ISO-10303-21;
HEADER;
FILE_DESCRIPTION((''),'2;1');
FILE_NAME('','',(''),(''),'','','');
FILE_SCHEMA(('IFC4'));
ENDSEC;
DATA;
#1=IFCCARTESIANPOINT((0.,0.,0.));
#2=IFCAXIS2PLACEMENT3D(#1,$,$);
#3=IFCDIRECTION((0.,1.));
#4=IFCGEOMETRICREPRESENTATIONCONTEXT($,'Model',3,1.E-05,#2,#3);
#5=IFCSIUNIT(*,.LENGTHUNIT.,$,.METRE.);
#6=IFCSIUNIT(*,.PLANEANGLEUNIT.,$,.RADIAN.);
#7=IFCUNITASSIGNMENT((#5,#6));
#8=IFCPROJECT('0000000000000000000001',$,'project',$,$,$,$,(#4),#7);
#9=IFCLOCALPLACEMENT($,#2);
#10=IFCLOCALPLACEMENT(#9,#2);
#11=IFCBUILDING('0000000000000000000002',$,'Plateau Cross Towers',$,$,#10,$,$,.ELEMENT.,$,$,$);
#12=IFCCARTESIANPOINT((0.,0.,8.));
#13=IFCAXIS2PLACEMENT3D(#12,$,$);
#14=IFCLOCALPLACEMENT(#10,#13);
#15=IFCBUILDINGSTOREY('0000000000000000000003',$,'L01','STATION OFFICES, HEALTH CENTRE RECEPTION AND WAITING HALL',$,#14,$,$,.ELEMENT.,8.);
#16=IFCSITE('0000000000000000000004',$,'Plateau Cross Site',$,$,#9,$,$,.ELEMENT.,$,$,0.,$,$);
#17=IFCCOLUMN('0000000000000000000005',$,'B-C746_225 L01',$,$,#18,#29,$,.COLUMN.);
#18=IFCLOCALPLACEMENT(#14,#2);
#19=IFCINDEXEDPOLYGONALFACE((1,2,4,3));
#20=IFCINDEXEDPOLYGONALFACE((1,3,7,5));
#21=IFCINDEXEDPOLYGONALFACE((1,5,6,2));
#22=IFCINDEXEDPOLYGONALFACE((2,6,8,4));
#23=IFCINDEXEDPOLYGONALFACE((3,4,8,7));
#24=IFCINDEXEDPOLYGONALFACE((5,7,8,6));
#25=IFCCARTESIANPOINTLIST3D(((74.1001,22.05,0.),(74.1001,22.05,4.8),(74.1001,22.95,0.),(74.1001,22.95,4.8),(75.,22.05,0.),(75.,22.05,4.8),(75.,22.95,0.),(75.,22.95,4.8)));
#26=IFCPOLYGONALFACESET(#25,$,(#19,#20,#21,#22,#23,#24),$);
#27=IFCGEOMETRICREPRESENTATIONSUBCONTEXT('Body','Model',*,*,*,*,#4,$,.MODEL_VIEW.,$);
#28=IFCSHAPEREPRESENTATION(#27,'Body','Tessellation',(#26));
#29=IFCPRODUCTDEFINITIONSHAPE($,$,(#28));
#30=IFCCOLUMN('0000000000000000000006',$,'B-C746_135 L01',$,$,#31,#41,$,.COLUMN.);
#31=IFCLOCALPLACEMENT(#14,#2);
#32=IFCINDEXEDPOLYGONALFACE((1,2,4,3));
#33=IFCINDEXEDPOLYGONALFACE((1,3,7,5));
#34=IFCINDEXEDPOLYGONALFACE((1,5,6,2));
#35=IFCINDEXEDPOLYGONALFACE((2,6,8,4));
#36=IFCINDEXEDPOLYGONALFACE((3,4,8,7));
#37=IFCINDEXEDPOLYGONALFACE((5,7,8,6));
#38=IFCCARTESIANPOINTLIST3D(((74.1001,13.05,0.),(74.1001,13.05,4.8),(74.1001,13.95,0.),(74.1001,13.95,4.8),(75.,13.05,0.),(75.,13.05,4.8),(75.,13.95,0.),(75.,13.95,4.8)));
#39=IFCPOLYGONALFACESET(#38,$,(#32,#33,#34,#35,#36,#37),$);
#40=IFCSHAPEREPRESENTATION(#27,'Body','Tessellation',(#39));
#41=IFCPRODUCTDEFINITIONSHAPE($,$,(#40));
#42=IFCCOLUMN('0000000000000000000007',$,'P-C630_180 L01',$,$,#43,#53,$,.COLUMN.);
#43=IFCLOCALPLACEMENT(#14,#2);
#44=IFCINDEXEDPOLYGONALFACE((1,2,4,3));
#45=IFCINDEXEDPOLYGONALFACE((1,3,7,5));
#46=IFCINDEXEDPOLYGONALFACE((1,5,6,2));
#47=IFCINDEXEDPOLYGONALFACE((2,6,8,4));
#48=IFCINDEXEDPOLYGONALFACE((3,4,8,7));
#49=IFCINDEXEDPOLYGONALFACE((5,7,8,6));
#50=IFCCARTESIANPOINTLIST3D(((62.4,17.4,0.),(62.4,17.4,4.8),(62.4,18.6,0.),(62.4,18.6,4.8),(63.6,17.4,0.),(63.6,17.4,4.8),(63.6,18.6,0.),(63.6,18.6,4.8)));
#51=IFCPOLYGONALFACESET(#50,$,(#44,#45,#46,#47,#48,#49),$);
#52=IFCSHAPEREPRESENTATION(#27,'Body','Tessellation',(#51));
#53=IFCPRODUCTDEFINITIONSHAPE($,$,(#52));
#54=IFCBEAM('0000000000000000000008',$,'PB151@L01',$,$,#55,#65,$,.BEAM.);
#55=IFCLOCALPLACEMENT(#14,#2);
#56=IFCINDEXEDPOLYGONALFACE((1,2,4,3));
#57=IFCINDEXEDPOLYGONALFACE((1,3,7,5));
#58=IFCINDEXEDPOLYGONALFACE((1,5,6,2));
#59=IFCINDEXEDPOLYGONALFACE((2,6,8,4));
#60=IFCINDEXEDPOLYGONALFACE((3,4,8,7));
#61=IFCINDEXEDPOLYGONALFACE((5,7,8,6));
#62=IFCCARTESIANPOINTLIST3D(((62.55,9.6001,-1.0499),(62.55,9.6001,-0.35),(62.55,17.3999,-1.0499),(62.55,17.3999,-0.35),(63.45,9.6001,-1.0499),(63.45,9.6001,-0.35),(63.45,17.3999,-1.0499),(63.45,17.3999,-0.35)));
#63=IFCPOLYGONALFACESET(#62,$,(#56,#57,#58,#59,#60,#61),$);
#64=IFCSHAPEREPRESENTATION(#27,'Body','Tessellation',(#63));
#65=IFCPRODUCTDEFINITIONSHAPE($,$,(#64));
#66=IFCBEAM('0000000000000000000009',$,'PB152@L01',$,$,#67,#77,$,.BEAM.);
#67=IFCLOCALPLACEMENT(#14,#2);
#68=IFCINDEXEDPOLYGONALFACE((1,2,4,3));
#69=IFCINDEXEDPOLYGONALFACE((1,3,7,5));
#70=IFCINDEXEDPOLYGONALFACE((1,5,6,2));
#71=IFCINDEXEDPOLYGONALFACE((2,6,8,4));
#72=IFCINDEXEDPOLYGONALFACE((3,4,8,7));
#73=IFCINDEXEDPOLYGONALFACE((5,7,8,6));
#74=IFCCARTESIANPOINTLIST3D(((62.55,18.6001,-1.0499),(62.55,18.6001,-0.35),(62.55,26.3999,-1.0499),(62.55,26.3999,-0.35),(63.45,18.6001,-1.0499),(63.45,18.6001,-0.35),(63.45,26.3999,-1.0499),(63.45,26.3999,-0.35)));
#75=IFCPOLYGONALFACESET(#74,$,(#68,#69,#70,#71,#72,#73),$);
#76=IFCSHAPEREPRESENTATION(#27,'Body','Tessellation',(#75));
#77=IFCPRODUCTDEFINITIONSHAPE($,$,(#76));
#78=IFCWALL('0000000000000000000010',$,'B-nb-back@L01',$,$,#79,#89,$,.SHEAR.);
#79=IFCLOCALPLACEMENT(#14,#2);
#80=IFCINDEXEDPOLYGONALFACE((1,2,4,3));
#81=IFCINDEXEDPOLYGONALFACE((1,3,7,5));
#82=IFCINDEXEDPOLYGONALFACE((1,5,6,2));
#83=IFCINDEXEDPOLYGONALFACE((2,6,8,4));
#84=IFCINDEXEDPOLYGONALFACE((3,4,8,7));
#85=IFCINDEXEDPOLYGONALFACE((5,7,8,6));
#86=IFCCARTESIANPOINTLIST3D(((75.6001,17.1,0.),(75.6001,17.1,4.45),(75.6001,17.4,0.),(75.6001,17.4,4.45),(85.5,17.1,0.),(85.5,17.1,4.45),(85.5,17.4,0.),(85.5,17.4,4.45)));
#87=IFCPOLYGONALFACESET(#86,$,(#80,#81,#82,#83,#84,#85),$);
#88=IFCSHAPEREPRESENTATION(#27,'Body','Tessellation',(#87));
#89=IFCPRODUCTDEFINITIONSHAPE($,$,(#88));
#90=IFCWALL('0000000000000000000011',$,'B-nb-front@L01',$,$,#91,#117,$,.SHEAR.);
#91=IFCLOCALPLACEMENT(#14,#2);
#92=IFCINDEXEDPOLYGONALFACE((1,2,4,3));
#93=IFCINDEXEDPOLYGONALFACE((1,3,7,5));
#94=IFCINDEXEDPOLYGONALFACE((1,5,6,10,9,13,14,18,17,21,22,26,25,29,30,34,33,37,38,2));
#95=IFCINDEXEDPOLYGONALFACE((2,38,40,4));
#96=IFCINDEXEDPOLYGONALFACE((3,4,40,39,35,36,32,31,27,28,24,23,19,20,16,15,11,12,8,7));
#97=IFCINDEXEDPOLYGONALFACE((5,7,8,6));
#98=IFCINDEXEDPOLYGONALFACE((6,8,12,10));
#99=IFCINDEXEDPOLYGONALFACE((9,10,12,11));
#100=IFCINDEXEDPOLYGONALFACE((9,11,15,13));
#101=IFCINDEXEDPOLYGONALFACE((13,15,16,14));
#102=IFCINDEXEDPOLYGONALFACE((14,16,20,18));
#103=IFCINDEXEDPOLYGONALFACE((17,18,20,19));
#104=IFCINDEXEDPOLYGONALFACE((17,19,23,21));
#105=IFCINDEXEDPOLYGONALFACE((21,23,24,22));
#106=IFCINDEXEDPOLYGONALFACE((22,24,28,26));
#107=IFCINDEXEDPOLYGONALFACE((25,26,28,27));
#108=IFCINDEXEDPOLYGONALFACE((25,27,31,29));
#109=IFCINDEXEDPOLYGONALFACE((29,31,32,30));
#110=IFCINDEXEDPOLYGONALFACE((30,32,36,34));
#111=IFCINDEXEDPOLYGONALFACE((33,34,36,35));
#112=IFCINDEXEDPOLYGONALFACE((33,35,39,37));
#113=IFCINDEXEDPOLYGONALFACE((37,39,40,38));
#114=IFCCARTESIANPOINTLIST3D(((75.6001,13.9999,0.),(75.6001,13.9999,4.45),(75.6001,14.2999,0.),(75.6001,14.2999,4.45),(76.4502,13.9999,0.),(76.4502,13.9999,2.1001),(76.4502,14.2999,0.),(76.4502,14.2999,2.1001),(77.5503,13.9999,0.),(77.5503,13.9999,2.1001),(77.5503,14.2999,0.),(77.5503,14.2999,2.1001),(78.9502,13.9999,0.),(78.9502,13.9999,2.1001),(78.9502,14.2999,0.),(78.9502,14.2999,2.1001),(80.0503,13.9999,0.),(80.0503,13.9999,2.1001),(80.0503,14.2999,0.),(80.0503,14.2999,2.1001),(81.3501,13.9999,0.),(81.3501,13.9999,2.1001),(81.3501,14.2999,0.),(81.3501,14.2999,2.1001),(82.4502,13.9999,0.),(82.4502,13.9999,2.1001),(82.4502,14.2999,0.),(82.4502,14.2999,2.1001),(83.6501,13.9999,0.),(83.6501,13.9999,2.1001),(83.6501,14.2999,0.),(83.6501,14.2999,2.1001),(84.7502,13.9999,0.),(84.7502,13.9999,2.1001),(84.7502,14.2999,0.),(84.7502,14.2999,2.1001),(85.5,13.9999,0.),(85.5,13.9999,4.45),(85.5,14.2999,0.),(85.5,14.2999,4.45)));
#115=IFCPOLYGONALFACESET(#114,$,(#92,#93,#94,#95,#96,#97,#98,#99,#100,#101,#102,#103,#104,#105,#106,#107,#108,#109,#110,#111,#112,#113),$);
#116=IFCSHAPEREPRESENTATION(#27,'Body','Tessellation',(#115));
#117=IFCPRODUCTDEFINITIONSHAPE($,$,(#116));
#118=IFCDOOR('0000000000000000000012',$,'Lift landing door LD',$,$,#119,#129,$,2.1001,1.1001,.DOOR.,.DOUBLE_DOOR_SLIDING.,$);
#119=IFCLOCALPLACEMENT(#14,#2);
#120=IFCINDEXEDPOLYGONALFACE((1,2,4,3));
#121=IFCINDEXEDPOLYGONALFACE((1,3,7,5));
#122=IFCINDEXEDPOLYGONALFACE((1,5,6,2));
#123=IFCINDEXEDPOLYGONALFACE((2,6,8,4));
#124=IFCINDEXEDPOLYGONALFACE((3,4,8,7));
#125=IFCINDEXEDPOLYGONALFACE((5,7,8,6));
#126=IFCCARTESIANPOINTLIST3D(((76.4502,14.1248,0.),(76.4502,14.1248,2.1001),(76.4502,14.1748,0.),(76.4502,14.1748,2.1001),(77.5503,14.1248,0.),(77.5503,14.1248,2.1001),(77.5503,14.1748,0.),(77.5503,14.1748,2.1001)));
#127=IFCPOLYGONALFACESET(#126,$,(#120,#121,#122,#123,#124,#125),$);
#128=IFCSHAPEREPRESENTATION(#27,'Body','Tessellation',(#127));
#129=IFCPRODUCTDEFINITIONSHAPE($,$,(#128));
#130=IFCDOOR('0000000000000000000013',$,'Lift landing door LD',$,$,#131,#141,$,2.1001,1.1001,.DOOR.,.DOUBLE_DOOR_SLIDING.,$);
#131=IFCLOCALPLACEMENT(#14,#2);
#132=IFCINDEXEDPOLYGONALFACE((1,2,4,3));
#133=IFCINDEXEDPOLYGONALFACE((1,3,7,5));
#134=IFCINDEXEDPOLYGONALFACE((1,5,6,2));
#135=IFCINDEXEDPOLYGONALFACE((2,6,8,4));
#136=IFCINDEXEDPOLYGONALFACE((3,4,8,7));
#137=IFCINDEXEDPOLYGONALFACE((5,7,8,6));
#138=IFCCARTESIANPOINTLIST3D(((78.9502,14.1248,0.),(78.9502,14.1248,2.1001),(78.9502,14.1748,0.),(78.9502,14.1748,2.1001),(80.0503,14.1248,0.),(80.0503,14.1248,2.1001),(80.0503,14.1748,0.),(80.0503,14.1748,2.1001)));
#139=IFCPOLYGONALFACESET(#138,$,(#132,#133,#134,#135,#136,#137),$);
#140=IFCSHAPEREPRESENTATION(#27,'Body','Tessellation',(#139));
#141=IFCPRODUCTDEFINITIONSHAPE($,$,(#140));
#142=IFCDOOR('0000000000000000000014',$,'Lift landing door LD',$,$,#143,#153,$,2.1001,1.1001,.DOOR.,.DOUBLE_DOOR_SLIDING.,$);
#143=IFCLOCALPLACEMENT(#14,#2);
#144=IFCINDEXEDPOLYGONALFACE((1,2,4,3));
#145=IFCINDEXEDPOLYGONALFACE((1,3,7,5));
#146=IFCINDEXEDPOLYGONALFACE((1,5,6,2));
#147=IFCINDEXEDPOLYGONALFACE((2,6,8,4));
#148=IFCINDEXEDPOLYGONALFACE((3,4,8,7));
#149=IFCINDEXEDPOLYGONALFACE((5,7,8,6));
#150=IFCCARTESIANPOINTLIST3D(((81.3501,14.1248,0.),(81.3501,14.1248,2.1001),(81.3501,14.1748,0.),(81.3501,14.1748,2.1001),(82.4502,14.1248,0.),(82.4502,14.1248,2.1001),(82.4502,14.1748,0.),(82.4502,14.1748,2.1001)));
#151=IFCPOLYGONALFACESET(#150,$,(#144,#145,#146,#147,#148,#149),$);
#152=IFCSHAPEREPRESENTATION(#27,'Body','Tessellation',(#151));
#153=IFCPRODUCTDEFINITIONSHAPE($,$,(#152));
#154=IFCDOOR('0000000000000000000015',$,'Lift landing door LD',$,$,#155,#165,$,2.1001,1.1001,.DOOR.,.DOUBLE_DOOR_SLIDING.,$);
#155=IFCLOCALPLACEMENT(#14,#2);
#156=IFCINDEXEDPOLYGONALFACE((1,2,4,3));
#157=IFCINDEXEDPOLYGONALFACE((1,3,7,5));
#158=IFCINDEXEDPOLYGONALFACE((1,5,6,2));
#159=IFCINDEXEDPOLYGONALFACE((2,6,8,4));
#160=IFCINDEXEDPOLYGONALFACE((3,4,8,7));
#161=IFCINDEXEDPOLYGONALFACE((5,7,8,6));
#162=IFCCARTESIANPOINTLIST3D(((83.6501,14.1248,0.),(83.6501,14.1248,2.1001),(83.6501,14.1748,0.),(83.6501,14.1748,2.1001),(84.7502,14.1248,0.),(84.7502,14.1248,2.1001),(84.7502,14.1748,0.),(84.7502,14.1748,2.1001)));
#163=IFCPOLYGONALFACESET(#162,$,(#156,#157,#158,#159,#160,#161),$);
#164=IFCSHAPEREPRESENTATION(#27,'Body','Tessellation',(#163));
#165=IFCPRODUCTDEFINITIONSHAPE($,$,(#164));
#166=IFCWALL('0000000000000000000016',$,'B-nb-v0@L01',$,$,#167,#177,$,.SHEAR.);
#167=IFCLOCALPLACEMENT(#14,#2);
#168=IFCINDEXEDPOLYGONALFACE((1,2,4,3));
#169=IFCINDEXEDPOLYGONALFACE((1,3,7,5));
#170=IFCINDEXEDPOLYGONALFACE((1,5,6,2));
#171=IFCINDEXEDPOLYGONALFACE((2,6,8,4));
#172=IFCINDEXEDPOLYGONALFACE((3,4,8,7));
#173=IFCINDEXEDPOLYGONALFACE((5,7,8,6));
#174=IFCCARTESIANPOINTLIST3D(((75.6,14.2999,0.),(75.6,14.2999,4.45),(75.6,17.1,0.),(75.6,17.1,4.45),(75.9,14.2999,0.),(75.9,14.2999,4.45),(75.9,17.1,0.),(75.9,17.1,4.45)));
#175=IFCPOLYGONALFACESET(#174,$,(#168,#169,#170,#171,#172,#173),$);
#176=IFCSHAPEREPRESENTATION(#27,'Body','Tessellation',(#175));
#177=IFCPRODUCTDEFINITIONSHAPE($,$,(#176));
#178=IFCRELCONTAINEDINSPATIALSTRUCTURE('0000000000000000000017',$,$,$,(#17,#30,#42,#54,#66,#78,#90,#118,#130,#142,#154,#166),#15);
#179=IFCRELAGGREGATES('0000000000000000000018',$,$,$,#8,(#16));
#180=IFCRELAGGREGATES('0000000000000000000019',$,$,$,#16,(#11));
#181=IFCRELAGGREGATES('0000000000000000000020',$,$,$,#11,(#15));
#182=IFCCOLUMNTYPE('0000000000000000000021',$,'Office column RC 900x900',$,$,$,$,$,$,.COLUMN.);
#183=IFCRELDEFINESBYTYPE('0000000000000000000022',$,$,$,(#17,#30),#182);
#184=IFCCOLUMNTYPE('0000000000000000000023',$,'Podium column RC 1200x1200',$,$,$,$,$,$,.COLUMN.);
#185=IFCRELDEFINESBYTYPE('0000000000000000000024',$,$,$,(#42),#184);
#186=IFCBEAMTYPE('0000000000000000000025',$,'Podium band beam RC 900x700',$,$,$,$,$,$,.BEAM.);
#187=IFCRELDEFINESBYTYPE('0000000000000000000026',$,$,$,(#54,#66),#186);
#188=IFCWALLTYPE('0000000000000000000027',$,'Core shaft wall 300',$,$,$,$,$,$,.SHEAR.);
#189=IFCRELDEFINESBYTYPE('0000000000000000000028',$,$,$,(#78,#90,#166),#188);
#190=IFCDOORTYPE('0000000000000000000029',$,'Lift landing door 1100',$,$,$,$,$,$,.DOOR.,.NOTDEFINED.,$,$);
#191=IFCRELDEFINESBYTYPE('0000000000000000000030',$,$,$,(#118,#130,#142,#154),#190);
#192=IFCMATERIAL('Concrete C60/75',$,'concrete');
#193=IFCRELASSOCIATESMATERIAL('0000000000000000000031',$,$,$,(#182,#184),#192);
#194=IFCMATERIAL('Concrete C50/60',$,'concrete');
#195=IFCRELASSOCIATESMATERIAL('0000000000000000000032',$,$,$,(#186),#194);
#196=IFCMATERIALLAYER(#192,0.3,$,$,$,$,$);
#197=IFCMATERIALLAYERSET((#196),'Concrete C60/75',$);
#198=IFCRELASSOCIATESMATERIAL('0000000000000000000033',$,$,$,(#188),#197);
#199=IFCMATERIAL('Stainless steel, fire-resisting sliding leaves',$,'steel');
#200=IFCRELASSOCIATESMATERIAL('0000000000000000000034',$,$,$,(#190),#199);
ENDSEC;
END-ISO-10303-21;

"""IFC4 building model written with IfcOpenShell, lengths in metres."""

from ifc_helpers import new_model, si_unit, direction, frame, frame_2d, origin, origin_2d, place, context, subcontext, project, spatial, rectangle, extrude, material, layer, layer_set, material_profile, profile_set, type_object, element, fill, save


model = new_model("IFC4")

# Units and contexts
model_context = context("Model", 3, precision=1e-05, world=origin(), true_north=direction((0.0, 1.0)))
body_context = subcontext(model_context, "Body", "Model", "MODEL_VIEW")
ifc_project = project(units=[si_unit("LENGTHUNIT", "METRE"), si_unit("PLANEANGLEUNIT", "RADIAN")], contexts=[model_context])

# Site, building, storey
site_placement = place(None, origin())
site = spatial("IfcSite", under=ifc_project, at=site_placement, Name="Plateau Cross Site", CompositionType="ELEMENT", RefElevation=0.0)
building_placement = place(site_placement, origin())
building = spatial("IfcBuilding", under=site, at=building_placement, Name="Plateau Cross Towers", CompositionType="ELEMENT")
storey_placement = place(building_placement, frame((0.0, 0.0, 8.0)))
storey = spatial("IfcBuildingStorey", under=building, at=storey_placement, Name="L01", Description="STATION OFFICES, HEALTH CENTRE RECEPTION AND WAITING HALL", CompositionType="ELEMENT", Elevation=8.0)

# Columns
ifc_material_1 = material(Name="Concrete C60/75", Category="concrete")
ifc_material_profile_1 = material_profile(ifc_material_1, rectangle(XDim=0.8999, YDim=0.8999, at=origin_2d()), Name="RC 900x900")
ifc_profile_set_1 = profile_set([ifc_material_profile_1], Name="Concrete C60/75")
column_type_1 = type_object("IfcColumnType", Name="Office column RC 900x900", PredefinedType="COLUMN", material=ifc_profile_set_1)
for number, where, z_axis, x_axis, name in (
    (1, (74.55, 22.5, 0.0), (0.0, 0.0, 1.0), (1.0, 0.0, 0.0), "B-C746_225 L01"),
    (2, (74.55, 13.5, 0.0), (0.0, 0.0, 1.0), (1.0, 0.0, 0.0), "B-C746_135 L01"),
):
    element("IfcColumn", number, at=place(storey_placement, frame(where, z_axis=z_axis, x_axis=x_axis)), inside=storey, type_object=column_type_1, Name=name, PredefinedType="COLUMN", context=body_context, shape_type="SweptSolid", body=[
        extrude(rectangle(XDim=0.8999, YDim=0.8999, at=origin_2d()), origin(), (0.0, 0.0, 1.0), 4.8),
    ])
ifc_material_profile_2 = material_profile(ifc_material_1, rectangle(XDim=1.2, YDim=1.2, at=origin_2d()), Name="RC 1200x1200")
ifc_profile_set_2 = profile_set([ifc_material_profile_2], Name="Concrete C60/75")
column_type_2 = type_object("IfcColumnType", Name="Podium column RC 1200x1200", PredefinedType="COLUMN", material=ifc_profile_set_2)
column_placement = place(storey_placement, frame((63.0, 18.0, 0.0), z_axis=(0.0, 0.0, 1.0), x_axis=(1.0, 0.0, 0.0)))
element("IfcColumn", 3, at=column_placement, inside=storey, type_object=column_type_2, Name="P-C630_180 L01", PredefinedType="COLUMN", context=body_context, shape_type="SweptSolid", body=[
    extrude(rectangle(XDim=1.2, YDim=1.2, at=origin_2d()), origin(), (0.0, 0.0, 1.0), 4.8),
])

# Beams
ifc_material_2 = material(Name="Concrete C50/60", Category="concrete")
ifc_material_profile_3 = material_profile(ifc_material_2, rectangle(XDim=0.8999, YDim=0.7, at=origin_2d()), Name="RC 900x700")
ifc_profile_set_3 = profile_set([ifc_material_profile_3], Name="Concrete C50/60")
beam_type = type_object("IfcBeamType", Name="Podium band beam RC 900x700", PredefinedType="BEAM", material=ifc_profile_set_3)
for number, where, z_axis, x_axis, name in (
    (4, (63.0, 9.6001, -0.7), (0.0, 1.0, 0.0), (-1.0, 0.0, 0.0), "PB151@L01"),
    (5, (63.0, 18.6001, -0.7), (0.0, 1.0, 0.0), (-1.0, 0.0, 0.0), "PB152@L01"),
):
    element("IfcBeam", number, at=place(storey_placement, frame(where, z_axis=z_axis, x_axis=x_axis)), inside=storey, type_object=beam_type, Name=name, PredefinedType="BEAM", context=body_context, shape_type="SweptSolid", body=[
        extrude(rectangle(XDim=0.8999, YDim=0.7, at=origin_2d()), origin(), (0.0, 0.0, 1.0), 7.7998),
    ])

# Wall
ifc_layer_1 = layer(ifc_material_1, 0.3)
ifc_layer_set_1 = layer_set([ifc_layer_1], Name="Concrete C60/75")
wall_type_1 = type_object("IfcWallType", Name="Core shaft wall 300", PredefinedType="SHEAR", material=ifc_layer_set_1)
wall_1_placement = place(storey_placement, frame((75.6001, 17.25, 0.0), z_axis=(0.0, 0.0, 1.0), x_axis=(1.0, 0.0, 0.0)))
element("IfcWall", 6, at=wall_1_placement, inside=storey, type_object=wall_type_1, Name="B-nb-back@L01", PredefinedType="SHEAR", context=body_context, shape_type="SweptSolid", body=[
    extrude(rectangle(XDim=9.8999, YDim=0.3, at=frame_2d((4.95, 0.0))), origin(), (0.0, 0.0, 1.0), 4.45),
])

# Wall, openings, doors
wall_2_placement = place(storey_placement, frame((75.6001, 14.1499, 0.0), z_axis=(0.0, 0.0, 1.0), x_axis=(1.0, 0.0, 0.0)))
wall_2 = element("IfcWall", 7, at=wall_2_placement, inside=storey, type_object=wall_type_1, Name="B-nb-front@L01", PredefinedType="SHEAR", context=body_context, shape_type="SweptSolid", body=[
    extrude(rectangle(XDim=9.8999, YDim=0.3, at=frame_2d((4.95, 0.0))), origin(), (0.0, 0.0, 1.0), 4.45),
])
opening_1_placement = place(wall_2_placement, frame((0.8501, 0.0, 0.0)))
opening_1 = element("IfcOpeningElement", 8, at=opening_1_placement, cuts=wall_2, PredefinedType="OPENING", context=body_context, shape_type="SweptSolid", body=[
    extrude(rectangle(XDim=1.1001, YDim=2.1001, at=frame_2d((0.55, 1.05))), frame((0.0, 0.1599, 0.0), z_axis=(0.0, -1.0, 0.0), x_axis=(1.0, 0.0, 0.0)), (0.0, 0.0, 1.0), 0.3201),
])
opening_2_placement = place(wall_2_placement, frame((3.3501, 0.0, 0.0)))
opening_2 = element("IfcOpeningElement", 9, at=opening_2_placement, cuts=wall_2, PredefinedType="OPENING", context=body_context, shape_type="SweptSolid", body=[
    extrude(rectangle(XDim=1.1001, YDim=2.1001, at=frame_2d((0.55, 1.05))), frame((0.0, 0.1599, 0.0), z_axis=(0.0, -1.0, 0.0), x_axis=(1.0, 0.0, 0.0)), (0.0, 0.0, 1.0), 0.3201),
])
opening_3_placement = place(wall_2_placement, frame((5.75, 0.0, 0.0)))
opening_3 = element("IfcOpeningElement", 10, at=opening_3_placement, cuts=wall_2, PredefinedType="OPENING", context=body_context, shape_type="SweptSolid", body=[
    extrude(rectangle(XDim=1.1001, YDim=2.1001, at=frame_2d((0.55, 1.05))), frame((0.0, 0.1599, 0.0), z_axis=(0.0, -1.0, 0.0), x_axis=(1.0, 0.0, 0.0)), (0.0, 0.0, 1.0), 0.3201),
])
opening_4_placement = place(wall_2_placement, frame((8.05, 0.0, 0.0)))
opening_4 = element("IfcOpeningElement", 11, at=opening_4_placement, cuts=wall_2, PredefinedType="OPENING", context=body_context, shape_type="SweptSolid", body=[
    extrude(rectangle(XDim=1.1001, YDim=2.1001, at=frame_2d((0.55, 1.05))), frame((0.0, 0.1599, 0.0), z_axis=(0.0, -1.0, 0.0), x_axis=(1.0, 0.0, 0.0)), (0.0, 0.0, 1.0), 0.3201),
])
ifc_material_3 = material(Name="Stainless steel, fire-resisting sliding leaves", Category="steel")
door_type_1 = type_object("IfcDoorType", Name="Lift landing door 1100", OperationType="NOTDEFINED", PredefinedType="DOOR", material=ifc_material_3)
door_1_placement = place(opening_1_placement, origin())
door_1 = element("IfcDoor", 12, at=door_1_placement, inside=storey, type_object=door_type_1, Name="Lift landing door LD", OperationType="DOUBLE_DOOR_SLIDING", OverallHeight=2.1001, OverallWidth=1.1001, PredefinedType="DOOR", context=body_context, shape_type="SweptSolid", body=[
    extrude(rectangle(XDim=1.1001, YDim=2.1001, at=frame_2d((0.55, 1.05))), frame((0.0, 0.0249, 0.0), z_axis=(0.0, -1.0, 0.0), x_axis=(1.0, 0.0, 0.0)), (0.0, 0.0, 1.0), 0.05),
])
fill(opening_1, door_1)
door_2_placement = place(opening_2_placement, origin())
door_2 = element("IfcDoor", 13, at=door_2_placement, inside=storey, type_object=door_type_1, Name="Lift landing door LD", OperationType="DOUBLE_DOOR_SLIDING", OverallHeight=2.1001, OverallWidth=1.1001, PredefinedType="DOOR", context=body_context, shape_type="SweptSolid", body=[
    extrude(rectangle(XDim=1.1001, YDim=2.1001, at=frame_2d((0.55, 1.05))), frame((0.0, 0.0249, 0.0), z_axis=(0.0, -1.0, 0.0), x_axis=(1.0, 0.0, 0.0)), (0.0, 0.0, 1.0), 0.05),
])
fill(opening_2, door_2)
door_3_placement = place(opening_3_placement, origin())
door_3 = element("IfcDoor", 14, at=door_3_placement, inside=storey, type_object=door_type_1, Name="Lift landing door LD", OperationType="DOUBLE_DOOR_SLIDING", OverallHeight=2.1001, OverallWidth=1.1001, PredefinedType="DOOR", context=body_context, shape_type="SweptSolid", body=[
    extrude(rectangle(XDim=1.1001, YDim=2.1001, at=frame_2d((0.55, 1.05))), frame((0.0, 0.0249, 0.0), z_axis=(0.0, -1.0, 0.0), x_axis=(1.0, 0.0, 0.0)), (0.0, 0.0, 1.0), 0.05),
])
fill(opening_3, door_3)
door_4_placement = place(opening_4_placement, origin())
door_4 = element("IfcDoor", 15, at=door_4_placement, inside=storey, type_object=door_type_1, Name="Lift landing door LD", OperationType="DOUBLE_DOOR_SLIDING", OverallHeight=2.1001, OverallWidth=1.1001, PredefinedType="DOOR", context=body_context, shape_type="SweptSolid", body=[
    extrude(rectangle(XDim=1.1001, YDim=2.1001, at=frame_2d((0.55, 1.05))), frame((0.0, 0.0249, 0.0), z_axis=(0.0, -1.0, 0.0), x_axis=(1.0, 0.0, 0.0)), (0.0, 0.0, 1.0), 0.05),
])
fill(opening_4, door_4)

# Wall
for number, where, z_axis, x_axis, name in (
    (16, (75.75, 14.3, 0.0), (0.0, 0.0, 1.0), (0.0, 1.0, 0.0), "B-nb-v0@L01"),
):
    element("IfcWall", number, at=place(storey_placement, frame(where, z_axis=z_axis, x_axis=x_axis)), inside=storey, type_object=wall_type_1, Name=name, PredefinedType="SHEAR", context=body_context, shape_type="SweptSolid", body=[
        extrude(rectangle(XDim=2.8, YDim=0.3, at=frame_2d((1.3999, 0.0))), origin(), (0.0, 0.0, 1.0), 4.45),
    ])

save(model, "model.ifc")
